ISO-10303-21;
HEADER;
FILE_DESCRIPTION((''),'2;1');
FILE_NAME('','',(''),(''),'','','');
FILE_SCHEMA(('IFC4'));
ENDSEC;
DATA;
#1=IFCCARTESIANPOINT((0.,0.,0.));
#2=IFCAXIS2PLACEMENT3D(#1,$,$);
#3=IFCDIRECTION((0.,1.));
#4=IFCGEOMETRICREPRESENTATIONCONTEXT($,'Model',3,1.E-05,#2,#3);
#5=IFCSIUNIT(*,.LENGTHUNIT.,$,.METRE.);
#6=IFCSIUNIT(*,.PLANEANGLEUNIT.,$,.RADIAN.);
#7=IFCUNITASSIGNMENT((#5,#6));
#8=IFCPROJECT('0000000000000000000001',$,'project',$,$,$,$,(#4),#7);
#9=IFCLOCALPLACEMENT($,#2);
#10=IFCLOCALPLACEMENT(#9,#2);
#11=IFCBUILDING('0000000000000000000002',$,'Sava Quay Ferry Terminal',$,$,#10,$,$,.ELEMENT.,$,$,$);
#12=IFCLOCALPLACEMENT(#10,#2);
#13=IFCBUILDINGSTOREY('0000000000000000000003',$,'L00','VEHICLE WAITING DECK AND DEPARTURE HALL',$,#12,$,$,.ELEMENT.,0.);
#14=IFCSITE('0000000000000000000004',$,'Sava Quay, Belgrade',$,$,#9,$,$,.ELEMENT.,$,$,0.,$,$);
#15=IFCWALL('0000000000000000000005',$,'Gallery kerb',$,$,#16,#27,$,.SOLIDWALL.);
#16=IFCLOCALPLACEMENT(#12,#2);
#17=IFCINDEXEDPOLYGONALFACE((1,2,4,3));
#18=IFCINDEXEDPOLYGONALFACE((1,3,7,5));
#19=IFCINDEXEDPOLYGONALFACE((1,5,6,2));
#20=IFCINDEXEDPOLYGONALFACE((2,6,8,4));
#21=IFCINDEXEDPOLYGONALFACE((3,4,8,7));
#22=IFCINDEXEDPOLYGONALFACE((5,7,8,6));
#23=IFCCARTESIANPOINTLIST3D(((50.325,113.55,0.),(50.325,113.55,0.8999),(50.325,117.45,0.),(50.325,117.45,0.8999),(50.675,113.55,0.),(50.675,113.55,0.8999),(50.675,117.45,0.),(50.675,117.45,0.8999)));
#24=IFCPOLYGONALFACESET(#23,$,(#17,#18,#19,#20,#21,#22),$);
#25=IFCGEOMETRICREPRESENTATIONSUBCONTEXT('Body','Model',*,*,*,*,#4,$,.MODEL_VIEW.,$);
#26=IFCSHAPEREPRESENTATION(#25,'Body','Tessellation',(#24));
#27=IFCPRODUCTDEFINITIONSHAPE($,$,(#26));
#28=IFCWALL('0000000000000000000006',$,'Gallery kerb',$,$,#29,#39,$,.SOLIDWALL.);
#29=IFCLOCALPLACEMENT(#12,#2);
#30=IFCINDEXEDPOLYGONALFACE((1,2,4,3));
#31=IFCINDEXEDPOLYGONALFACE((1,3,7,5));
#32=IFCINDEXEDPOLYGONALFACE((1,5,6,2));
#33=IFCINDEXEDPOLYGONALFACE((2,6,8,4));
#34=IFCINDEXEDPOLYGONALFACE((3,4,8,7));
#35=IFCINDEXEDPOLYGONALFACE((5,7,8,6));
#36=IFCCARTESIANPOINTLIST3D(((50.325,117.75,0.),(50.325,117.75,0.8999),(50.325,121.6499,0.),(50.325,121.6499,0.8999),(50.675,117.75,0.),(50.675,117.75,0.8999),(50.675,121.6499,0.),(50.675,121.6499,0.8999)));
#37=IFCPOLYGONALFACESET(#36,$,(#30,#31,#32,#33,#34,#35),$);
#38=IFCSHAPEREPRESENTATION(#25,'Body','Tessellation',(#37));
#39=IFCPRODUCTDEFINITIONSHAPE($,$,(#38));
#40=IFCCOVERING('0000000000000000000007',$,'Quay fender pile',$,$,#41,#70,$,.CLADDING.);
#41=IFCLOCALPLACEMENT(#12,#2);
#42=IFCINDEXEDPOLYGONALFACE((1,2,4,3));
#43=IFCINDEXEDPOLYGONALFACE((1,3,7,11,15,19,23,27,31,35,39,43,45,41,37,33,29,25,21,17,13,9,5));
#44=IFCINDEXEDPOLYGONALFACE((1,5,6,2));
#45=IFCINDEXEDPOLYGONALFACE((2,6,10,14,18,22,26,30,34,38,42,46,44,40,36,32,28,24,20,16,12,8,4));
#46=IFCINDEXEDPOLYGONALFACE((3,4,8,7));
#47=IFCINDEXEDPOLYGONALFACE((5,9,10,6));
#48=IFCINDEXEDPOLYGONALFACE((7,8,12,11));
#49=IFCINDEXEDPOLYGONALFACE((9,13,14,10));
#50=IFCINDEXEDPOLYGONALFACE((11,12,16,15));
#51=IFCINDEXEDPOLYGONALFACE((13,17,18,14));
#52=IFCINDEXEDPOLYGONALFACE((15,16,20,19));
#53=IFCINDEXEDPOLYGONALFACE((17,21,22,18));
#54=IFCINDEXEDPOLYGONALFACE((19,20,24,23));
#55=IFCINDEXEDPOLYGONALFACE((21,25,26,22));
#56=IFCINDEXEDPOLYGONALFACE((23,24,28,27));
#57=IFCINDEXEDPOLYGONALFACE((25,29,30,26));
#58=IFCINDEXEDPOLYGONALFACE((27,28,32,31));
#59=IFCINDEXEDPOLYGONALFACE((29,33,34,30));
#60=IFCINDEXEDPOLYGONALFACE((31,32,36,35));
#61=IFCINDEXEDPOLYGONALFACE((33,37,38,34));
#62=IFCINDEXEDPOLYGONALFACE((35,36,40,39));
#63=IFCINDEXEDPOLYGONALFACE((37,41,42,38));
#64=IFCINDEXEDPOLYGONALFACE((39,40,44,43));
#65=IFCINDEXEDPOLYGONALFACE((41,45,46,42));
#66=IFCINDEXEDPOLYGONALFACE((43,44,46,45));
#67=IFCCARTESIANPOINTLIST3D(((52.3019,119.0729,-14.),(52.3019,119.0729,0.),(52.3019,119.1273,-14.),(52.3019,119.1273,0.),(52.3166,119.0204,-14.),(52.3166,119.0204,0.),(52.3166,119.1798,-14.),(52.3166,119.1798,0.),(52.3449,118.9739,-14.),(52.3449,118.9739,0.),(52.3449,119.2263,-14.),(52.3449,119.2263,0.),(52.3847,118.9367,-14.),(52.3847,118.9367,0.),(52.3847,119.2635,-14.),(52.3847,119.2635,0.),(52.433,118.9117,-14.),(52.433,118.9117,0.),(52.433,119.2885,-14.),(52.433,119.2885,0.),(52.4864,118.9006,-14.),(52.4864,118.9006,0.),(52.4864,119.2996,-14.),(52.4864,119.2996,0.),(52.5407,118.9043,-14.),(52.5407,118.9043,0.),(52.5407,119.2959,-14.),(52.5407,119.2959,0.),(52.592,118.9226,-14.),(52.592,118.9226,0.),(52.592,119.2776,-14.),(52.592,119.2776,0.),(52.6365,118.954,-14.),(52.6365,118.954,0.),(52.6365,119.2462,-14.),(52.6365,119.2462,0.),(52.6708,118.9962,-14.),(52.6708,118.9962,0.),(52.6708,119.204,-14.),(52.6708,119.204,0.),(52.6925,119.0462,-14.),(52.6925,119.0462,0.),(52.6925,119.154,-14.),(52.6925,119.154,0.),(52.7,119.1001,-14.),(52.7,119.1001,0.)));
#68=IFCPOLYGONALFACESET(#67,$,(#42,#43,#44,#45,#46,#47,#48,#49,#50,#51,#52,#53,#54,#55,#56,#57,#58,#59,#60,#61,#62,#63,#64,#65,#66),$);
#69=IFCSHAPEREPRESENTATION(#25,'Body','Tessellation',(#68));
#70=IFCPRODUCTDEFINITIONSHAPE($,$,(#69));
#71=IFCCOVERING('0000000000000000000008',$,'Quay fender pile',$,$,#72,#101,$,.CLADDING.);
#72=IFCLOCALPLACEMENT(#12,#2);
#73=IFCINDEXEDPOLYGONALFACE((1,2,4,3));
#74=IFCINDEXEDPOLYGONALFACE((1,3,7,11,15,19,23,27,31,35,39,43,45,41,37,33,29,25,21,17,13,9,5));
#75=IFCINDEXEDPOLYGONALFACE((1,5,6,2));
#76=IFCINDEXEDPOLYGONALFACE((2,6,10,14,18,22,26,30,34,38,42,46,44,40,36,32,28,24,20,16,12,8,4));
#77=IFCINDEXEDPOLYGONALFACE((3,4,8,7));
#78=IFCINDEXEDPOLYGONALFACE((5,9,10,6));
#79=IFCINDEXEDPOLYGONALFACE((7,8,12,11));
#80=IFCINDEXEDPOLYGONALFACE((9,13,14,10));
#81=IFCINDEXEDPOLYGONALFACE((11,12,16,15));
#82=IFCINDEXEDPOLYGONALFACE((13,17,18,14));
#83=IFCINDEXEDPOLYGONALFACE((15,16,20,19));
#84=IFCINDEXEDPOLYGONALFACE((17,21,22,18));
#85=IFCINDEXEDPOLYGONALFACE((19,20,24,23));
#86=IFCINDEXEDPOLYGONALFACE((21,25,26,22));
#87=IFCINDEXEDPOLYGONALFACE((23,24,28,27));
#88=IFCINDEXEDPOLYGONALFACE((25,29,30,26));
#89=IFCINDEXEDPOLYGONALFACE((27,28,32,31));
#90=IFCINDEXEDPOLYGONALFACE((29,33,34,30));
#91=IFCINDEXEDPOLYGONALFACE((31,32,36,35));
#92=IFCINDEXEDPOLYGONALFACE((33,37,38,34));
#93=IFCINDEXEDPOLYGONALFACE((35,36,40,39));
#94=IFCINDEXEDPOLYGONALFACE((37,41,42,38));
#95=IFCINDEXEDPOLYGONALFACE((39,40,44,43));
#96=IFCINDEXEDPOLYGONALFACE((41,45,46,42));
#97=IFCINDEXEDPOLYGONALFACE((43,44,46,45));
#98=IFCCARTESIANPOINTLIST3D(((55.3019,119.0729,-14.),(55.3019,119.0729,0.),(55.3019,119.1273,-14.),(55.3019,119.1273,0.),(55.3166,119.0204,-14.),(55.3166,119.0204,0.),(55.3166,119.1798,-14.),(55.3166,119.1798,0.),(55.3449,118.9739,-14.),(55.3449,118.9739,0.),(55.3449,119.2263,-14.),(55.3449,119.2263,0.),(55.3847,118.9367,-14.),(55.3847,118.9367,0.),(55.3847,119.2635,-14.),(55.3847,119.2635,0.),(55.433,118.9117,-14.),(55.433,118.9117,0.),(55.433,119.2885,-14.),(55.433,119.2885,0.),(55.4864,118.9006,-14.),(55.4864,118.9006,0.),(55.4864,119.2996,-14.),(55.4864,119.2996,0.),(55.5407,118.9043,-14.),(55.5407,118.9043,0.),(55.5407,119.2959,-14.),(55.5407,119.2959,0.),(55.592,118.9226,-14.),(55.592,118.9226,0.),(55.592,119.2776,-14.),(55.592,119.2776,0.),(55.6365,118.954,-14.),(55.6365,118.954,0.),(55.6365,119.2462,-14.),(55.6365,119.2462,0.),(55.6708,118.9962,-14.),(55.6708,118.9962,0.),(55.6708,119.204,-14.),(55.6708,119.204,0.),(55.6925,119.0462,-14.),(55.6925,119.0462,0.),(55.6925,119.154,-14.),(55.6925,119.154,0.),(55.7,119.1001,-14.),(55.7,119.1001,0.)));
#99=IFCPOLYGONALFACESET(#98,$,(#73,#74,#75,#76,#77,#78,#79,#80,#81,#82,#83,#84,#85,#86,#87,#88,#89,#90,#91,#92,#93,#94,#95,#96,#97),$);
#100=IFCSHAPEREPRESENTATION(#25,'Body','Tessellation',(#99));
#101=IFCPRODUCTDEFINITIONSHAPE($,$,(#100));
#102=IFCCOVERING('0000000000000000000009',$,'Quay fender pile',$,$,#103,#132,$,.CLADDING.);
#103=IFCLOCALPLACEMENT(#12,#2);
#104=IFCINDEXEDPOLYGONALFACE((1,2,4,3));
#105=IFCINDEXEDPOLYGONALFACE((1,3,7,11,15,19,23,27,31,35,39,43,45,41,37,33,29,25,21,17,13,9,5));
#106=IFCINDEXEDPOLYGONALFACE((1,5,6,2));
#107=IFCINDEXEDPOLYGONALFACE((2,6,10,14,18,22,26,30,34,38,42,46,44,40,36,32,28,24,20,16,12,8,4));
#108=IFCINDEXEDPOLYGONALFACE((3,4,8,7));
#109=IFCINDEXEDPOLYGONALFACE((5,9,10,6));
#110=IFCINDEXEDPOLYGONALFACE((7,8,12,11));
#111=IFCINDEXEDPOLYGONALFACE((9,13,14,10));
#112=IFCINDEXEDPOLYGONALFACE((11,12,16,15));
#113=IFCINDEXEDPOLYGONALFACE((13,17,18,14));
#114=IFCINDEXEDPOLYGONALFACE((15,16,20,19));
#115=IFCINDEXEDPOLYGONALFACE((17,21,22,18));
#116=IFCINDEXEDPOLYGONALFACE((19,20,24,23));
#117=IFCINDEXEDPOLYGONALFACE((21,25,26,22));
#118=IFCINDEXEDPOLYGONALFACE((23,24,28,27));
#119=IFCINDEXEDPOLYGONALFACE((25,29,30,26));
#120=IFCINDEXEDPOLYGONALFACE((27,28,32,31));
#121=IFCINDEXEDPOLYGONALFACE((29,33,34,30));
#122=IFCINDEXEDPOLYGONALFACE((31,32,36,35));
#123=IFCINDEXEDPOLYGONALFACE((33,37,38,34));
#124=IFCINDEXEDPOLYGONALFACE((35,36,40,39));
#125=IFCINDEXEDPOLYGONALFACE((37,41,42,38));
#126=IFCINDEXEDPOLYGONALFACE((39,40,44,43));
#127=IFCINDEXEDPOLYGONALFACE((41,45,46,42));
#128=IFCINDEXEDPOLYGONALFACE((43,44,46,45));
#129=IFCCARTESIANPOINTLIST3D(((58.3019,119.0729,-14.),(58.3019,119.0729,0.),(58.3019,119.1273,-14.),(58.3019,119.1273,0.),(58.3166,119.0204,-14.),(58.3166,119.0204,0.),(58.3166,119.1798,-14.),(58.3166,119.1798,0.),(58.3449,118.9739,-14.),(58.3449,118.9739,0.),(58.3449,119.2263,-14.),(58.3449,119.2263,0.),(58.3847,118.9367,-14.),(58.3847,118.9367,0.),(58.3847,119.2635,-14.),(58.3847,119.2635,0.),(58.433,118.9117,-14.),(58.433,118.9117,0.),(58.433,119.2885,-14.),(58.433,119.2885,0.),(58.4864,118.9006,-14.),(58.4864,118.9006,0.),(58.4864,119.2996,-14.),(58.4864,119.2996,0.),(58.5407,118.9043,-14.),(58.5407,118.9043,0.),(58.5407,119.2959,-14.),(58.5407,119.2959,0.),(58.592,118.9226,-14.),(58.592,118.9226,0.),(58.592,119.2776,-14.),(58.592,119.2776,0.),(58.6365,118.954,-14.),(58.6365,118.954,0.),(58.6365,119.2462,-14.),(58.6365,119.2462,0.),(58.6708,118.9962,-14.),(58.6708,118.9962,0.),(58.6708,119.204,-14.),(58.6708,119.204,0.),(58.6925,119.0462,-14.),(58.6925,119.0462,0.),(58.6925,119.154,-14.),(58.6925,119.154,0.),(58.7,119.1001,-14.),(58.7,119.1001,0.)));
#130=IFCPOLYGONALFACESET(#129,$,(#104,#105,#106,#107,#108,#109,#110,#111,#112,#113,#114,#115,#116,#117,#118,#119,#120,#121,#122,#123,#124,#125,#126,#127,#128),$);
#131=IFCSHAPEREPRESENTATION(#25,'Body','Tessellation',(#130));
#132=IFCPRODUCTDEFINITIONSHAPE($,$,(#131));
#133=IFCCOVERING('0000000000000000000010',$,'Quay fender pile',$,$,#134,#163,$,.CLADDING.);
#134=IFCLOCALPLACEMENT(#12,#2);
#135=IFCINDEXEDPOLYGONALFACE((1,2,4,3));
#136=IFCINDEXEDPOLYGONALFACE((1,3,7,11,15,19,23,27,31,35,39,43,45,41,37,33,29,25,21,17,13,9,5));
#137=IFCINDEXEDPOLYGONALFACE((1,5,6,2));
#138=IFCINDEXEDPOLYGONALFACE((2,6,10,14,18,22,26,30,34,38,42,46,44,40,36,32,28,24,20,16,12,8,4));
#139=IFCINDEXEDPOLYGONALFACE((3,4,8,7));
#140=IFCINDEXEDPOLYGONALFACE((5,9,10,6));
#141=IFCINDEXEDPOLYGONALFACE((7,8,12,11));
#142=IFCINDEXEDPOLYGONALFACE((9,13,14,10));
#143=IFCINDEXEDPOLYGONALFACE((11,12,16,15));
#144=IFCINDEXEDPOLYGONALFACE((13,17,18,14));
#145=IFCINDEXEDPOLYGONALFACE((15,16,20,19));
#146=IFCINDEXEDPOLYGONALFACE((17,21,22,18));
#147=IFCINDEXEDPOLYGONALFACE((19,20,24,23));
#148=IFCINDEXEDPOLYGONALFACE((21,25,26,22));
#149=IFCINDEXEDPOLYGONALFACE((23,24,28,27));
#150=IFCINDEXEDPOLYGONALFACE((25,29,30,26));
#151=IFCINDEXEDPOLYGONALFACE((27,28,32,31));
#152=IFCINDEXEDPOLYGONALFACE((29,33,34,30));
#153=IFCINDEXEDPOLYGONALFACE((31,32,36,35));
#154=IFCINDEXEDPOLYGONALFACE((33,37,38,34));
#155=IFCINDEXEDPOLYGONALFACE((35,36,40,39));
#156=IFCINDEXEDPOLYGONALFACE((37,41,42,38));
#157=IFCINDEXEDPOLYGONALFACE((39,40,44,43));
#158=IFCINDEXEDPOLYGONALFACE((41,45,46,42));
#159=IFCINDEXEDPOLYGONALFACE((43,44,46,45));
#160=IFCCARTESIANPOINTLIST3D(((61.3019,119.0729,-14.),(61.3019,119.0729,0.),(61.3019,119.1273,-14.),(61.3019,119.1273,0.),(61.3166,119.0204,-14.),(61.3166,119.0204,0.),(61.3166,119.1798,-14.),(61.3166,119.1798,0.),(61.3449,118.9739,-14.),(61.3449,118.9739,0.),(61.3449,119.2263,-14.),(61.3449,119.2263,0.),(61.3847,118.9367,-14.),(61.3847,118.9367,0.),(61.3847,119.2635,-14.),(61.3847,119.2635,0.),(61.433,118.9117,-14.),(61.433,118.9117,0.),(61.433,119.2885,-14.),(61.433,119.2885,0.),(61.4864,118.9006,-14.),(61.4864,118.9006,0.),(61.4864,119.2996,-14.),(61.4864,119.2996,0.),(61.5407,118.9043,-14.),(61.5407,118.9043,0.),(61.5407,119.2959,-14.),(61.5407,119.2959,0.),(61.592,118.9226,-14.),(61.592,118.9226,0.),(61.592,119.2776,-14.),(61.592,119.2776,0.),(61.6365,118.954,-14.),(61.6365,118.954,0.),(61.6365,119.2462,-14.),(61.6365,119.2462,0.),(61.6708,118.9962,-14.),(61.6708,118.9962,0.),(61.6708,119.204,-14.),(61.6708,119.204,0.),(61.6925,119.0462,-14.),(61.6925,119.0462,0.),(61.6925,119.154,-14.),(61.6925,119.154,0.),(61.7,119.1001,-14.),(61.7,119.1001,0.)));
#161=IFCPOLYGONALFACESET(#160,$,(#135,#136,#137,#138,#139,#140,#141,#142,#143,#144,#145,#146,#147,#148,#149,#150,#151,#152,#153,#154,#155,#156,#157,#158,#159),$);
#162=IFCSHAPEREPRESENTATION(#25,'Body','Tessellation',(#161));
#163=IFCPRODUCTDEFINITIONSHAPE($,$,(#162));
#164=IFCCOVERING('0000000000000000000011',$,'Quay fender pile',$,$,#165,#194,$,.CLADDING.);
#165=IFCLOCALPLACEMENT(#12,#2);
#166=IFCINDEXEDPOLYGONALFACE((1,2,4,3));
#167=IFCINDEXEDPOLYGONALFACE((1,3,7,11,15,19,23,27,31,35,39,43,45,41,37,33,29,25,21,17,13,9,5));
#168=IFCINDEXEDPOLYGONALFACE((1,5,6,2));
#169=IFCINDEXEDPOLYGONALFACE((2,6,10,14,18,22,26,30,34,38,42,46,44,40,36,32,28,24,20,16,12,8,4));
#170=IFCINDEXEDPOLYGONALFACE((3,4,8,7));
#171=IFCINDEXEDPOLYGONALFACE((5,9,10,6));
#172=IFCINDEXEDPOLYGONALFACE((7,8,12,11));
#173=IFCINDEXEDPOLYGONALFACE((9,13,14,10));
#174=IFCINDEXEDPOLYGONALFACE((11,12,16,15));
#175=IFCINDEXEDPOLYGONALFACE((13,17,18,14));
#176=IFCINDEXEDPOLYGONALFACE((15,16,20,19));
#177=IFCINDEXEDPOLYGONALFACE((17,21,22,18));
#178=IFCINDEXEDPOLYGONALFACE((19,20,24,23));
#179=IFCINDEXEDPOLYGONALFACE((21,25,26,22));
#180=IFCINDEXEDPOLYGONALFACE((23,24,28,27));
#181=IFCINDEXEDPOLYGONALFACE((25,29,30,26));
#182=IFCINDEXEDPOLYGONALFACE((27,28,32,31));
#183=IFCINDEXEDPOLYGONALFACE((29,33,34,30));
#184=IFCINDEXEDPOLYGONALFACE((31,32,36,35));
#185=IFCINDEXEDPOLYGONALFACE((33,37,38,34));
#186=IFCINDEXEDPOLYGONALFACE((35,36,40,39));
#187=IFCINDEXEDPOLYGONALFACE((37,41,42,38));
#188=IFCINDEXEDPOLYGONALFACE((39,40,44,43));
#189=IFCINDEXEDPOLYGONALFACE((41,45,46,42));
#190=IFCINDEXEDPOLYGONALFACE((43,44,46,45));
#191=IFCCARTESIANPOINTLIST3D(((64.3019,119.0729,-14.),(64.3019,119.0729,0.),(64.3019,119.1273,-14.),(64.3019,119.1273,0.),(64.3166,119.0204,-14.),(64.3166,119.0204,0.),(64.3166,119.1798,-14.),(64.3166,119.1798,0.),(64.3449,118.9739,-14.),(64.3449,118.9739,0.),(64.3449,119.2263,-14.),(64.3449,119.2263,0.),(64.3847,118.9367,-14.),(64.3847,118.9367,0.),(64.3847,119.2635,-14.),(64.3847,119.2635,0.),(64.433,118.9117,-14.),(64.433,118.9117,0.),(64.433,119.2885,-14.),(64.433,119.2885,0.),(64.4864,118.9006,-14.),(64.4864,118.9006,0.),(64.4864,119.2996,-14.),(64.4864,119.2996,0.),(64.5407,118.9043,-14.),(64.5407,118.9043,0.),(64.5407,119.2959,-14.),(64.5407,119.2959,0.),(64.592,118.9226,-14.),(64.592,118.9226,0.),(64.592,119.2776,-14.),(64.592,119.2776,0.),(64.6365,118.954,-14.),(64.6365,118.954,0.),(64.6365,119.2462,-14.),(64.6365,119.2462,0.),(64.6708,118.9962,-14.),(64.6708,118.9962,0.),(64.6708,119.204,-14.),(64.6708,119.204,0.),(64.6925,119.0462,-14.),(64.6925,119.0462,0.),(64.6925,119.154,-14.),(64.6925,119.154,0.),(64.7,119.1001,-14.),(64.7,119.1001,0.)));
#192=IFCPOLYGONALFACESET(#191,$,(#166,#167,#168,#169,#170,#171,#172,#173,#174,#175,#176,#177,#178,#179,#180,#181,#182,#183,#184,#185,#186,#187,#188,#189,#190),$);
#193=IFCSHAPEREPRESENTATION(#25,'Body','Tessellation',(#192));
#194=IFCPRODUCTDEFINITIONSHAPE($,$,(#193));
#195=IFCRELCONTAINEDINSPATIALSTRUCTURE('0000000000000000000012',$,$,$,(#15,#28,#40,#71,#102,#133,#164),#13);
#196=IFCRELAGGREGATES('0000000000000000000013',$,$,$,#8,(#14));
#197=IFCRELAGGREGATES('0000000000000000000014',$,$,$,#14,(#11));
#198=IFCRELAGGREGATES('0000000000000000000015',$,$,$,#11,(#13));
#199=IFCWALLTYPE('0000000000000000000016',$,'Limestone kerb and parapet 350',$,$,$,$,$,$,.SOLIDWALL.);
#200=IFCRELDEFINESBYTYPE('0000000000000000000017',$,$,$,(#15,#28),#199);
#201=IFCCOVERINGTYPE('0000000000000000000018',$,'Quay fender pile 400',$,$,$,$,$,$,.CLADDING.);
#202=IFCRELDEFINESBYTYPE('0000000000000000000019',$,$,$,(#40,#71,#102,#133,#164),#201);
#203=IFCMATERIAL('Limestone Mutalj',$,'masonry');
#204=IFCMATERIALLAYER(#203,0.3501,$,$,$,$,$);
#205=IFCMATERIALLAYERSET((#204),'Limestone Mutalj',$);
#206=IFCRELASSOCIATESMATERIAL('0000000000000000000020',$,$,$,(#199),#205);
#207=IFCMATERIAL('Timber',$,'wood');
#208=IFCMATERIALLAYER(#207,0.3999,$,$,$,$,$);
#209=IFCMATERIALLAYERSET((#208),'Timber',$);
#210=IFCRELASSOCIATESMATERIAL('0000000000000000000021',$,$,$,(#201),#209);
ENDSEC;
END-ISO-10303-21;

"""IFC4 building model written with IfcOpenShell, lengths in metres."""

from ifc_helpers import new_model, si_unit, direction, frame, frame_2d, origin, origin_2d, place, context, subcontext, project, spatial, rectangle, circle, extrude, material, layer, layer_set, type_object, element, save


model = new_model("IFC4")

# Units and contexts
model_context = context("Model", 3, precision=1e-05, world=origin(), true_north=direction((0.0, 1.0)))
body_context = subcontext(model_context, "Body", "Model", "MODEL_VIEW")
ifc_project = project(units=[si_unit("LENGTHUNIT", "METRE"), si_unit("PLANEANGLEUNIT", "RADIAN")], contexts=[model_context])

# Site, building, storey
site_placement = place(None, origin())
site = spatial("IfcSite", under=ifc_project, at=site_placement, Name="Sava Quay, Belgrade", CompositionType="ELEMENT", RefElevation=0.0)
building_placement = place(site_placement, origin())
building = spatial("IfcBuilding", under=site, at=building_placement, Name="Sava Quay Ferry Terminal", CompositionType="ELEMENT")
storey_placement = place(building_placement, origin())
storey = spatial("IfcBuildingStorey", under=building, at=storey_placement, Name="L00", Description="VEHICLE WAITING DECK AND DEPARTURE HALL", CompositionType="ELEMENT", Elevation=0.0)

# Walls
ifc_material_1 = material(Name="Limestone Mutalj", Category="masonry")
ifc_layer_1 = layer(ifc_material_1, 0.3501)
ifc_layer_set_1 = layer_set([ifc_layer_1], Name="Limestone Mutalj")
wall_type = type_object("IfcWallType", Name="Limestone kerb and parapet 350", PredefinedType="SOLIDWALL", material=ifc_layer_set_1)
for number, where, z_axis, x_axis, name in (
    (1, (50.5, 113.55, 0.0), (0.0, 0.0, 1.0), (0.0, 1.0, 0.0), "Gallery kerb"),
    (2, (50.5, 117.75, 0.0), (0.0, 0.0, 1.0), (0.0, 1.0, 0.0), "Gallery kerb"),
):
    element("IfcWall", number, at=place(storey_placement, frame(where, z_axis=z_axis, x_axis=x_axis)), inside=storey, type_object=wall_type, Name=name, PredefinedType="SOLIDWALL", context=body_context, shape_type="SweptSolid", body=[
        extrude(rectangle(XDim=3.8999, YDim=0.3501, at=frame_2d((1.95, 0.0))), origin(), (0.0, 0.0, 1.0), 0.8999),
    ])

# Coverings
ifc_material_2 = material(Name="Timber", Category="wood")
ifc_layer_2 = layer(ifc_material_2, 0.3999)
ifc_layer_set_2 = layer_set([ifc_layer_2], Name="Timber")
covering_type = type_object("IfcCoveringType", Name="Quay fender pile 400", PredefinedType="CLADDING", material=ifc_layer_set_2)
for number, where, z_axis, x_axis, name in (
    (3, (52.5, 119.1001, 0.0), (0.0, 0.0, -1.0), (1.0, 0.0, 0.0), "Quay fender pile"),
    (4, (55.5, 119.1001, 0.0), (0.0, 0.0, -1.0), (1.0, 0.0, 0.0), "Quay fender pile"),
    (5, (58.5, 119.1001, 0.0), (0.0, 0.0, -1.0), (1.0, 0.0, 0.0), "Quay fender pile"),
    (6, (61.5, 119.1001, 0.0), (0.0, 0.0, -1.0), (1.0, 0.0, 0.0), "Quay fender pile"),
    (7, (64.5, 119.1001, 0.0), (0.0, 0.0, -1.0), (1.0, 0.0, 0.0), "Quay fender pile"),
):
    element("IfcCovering", number, at=place(storey_placement, frame(where, z_axis=z_axis, x_axis=x_axis)), inside=storey, type_object=covering_type, Name=name, PredefinedType="CLADDING", context=body_context, shape_type="SweptSolid", body=[
        extrude(circle(Radius=0.2, at=origin_2d()), origin(), (0.0, 0.0, 1.0), 14.0),
    ])

save(model, "model.ifc")
